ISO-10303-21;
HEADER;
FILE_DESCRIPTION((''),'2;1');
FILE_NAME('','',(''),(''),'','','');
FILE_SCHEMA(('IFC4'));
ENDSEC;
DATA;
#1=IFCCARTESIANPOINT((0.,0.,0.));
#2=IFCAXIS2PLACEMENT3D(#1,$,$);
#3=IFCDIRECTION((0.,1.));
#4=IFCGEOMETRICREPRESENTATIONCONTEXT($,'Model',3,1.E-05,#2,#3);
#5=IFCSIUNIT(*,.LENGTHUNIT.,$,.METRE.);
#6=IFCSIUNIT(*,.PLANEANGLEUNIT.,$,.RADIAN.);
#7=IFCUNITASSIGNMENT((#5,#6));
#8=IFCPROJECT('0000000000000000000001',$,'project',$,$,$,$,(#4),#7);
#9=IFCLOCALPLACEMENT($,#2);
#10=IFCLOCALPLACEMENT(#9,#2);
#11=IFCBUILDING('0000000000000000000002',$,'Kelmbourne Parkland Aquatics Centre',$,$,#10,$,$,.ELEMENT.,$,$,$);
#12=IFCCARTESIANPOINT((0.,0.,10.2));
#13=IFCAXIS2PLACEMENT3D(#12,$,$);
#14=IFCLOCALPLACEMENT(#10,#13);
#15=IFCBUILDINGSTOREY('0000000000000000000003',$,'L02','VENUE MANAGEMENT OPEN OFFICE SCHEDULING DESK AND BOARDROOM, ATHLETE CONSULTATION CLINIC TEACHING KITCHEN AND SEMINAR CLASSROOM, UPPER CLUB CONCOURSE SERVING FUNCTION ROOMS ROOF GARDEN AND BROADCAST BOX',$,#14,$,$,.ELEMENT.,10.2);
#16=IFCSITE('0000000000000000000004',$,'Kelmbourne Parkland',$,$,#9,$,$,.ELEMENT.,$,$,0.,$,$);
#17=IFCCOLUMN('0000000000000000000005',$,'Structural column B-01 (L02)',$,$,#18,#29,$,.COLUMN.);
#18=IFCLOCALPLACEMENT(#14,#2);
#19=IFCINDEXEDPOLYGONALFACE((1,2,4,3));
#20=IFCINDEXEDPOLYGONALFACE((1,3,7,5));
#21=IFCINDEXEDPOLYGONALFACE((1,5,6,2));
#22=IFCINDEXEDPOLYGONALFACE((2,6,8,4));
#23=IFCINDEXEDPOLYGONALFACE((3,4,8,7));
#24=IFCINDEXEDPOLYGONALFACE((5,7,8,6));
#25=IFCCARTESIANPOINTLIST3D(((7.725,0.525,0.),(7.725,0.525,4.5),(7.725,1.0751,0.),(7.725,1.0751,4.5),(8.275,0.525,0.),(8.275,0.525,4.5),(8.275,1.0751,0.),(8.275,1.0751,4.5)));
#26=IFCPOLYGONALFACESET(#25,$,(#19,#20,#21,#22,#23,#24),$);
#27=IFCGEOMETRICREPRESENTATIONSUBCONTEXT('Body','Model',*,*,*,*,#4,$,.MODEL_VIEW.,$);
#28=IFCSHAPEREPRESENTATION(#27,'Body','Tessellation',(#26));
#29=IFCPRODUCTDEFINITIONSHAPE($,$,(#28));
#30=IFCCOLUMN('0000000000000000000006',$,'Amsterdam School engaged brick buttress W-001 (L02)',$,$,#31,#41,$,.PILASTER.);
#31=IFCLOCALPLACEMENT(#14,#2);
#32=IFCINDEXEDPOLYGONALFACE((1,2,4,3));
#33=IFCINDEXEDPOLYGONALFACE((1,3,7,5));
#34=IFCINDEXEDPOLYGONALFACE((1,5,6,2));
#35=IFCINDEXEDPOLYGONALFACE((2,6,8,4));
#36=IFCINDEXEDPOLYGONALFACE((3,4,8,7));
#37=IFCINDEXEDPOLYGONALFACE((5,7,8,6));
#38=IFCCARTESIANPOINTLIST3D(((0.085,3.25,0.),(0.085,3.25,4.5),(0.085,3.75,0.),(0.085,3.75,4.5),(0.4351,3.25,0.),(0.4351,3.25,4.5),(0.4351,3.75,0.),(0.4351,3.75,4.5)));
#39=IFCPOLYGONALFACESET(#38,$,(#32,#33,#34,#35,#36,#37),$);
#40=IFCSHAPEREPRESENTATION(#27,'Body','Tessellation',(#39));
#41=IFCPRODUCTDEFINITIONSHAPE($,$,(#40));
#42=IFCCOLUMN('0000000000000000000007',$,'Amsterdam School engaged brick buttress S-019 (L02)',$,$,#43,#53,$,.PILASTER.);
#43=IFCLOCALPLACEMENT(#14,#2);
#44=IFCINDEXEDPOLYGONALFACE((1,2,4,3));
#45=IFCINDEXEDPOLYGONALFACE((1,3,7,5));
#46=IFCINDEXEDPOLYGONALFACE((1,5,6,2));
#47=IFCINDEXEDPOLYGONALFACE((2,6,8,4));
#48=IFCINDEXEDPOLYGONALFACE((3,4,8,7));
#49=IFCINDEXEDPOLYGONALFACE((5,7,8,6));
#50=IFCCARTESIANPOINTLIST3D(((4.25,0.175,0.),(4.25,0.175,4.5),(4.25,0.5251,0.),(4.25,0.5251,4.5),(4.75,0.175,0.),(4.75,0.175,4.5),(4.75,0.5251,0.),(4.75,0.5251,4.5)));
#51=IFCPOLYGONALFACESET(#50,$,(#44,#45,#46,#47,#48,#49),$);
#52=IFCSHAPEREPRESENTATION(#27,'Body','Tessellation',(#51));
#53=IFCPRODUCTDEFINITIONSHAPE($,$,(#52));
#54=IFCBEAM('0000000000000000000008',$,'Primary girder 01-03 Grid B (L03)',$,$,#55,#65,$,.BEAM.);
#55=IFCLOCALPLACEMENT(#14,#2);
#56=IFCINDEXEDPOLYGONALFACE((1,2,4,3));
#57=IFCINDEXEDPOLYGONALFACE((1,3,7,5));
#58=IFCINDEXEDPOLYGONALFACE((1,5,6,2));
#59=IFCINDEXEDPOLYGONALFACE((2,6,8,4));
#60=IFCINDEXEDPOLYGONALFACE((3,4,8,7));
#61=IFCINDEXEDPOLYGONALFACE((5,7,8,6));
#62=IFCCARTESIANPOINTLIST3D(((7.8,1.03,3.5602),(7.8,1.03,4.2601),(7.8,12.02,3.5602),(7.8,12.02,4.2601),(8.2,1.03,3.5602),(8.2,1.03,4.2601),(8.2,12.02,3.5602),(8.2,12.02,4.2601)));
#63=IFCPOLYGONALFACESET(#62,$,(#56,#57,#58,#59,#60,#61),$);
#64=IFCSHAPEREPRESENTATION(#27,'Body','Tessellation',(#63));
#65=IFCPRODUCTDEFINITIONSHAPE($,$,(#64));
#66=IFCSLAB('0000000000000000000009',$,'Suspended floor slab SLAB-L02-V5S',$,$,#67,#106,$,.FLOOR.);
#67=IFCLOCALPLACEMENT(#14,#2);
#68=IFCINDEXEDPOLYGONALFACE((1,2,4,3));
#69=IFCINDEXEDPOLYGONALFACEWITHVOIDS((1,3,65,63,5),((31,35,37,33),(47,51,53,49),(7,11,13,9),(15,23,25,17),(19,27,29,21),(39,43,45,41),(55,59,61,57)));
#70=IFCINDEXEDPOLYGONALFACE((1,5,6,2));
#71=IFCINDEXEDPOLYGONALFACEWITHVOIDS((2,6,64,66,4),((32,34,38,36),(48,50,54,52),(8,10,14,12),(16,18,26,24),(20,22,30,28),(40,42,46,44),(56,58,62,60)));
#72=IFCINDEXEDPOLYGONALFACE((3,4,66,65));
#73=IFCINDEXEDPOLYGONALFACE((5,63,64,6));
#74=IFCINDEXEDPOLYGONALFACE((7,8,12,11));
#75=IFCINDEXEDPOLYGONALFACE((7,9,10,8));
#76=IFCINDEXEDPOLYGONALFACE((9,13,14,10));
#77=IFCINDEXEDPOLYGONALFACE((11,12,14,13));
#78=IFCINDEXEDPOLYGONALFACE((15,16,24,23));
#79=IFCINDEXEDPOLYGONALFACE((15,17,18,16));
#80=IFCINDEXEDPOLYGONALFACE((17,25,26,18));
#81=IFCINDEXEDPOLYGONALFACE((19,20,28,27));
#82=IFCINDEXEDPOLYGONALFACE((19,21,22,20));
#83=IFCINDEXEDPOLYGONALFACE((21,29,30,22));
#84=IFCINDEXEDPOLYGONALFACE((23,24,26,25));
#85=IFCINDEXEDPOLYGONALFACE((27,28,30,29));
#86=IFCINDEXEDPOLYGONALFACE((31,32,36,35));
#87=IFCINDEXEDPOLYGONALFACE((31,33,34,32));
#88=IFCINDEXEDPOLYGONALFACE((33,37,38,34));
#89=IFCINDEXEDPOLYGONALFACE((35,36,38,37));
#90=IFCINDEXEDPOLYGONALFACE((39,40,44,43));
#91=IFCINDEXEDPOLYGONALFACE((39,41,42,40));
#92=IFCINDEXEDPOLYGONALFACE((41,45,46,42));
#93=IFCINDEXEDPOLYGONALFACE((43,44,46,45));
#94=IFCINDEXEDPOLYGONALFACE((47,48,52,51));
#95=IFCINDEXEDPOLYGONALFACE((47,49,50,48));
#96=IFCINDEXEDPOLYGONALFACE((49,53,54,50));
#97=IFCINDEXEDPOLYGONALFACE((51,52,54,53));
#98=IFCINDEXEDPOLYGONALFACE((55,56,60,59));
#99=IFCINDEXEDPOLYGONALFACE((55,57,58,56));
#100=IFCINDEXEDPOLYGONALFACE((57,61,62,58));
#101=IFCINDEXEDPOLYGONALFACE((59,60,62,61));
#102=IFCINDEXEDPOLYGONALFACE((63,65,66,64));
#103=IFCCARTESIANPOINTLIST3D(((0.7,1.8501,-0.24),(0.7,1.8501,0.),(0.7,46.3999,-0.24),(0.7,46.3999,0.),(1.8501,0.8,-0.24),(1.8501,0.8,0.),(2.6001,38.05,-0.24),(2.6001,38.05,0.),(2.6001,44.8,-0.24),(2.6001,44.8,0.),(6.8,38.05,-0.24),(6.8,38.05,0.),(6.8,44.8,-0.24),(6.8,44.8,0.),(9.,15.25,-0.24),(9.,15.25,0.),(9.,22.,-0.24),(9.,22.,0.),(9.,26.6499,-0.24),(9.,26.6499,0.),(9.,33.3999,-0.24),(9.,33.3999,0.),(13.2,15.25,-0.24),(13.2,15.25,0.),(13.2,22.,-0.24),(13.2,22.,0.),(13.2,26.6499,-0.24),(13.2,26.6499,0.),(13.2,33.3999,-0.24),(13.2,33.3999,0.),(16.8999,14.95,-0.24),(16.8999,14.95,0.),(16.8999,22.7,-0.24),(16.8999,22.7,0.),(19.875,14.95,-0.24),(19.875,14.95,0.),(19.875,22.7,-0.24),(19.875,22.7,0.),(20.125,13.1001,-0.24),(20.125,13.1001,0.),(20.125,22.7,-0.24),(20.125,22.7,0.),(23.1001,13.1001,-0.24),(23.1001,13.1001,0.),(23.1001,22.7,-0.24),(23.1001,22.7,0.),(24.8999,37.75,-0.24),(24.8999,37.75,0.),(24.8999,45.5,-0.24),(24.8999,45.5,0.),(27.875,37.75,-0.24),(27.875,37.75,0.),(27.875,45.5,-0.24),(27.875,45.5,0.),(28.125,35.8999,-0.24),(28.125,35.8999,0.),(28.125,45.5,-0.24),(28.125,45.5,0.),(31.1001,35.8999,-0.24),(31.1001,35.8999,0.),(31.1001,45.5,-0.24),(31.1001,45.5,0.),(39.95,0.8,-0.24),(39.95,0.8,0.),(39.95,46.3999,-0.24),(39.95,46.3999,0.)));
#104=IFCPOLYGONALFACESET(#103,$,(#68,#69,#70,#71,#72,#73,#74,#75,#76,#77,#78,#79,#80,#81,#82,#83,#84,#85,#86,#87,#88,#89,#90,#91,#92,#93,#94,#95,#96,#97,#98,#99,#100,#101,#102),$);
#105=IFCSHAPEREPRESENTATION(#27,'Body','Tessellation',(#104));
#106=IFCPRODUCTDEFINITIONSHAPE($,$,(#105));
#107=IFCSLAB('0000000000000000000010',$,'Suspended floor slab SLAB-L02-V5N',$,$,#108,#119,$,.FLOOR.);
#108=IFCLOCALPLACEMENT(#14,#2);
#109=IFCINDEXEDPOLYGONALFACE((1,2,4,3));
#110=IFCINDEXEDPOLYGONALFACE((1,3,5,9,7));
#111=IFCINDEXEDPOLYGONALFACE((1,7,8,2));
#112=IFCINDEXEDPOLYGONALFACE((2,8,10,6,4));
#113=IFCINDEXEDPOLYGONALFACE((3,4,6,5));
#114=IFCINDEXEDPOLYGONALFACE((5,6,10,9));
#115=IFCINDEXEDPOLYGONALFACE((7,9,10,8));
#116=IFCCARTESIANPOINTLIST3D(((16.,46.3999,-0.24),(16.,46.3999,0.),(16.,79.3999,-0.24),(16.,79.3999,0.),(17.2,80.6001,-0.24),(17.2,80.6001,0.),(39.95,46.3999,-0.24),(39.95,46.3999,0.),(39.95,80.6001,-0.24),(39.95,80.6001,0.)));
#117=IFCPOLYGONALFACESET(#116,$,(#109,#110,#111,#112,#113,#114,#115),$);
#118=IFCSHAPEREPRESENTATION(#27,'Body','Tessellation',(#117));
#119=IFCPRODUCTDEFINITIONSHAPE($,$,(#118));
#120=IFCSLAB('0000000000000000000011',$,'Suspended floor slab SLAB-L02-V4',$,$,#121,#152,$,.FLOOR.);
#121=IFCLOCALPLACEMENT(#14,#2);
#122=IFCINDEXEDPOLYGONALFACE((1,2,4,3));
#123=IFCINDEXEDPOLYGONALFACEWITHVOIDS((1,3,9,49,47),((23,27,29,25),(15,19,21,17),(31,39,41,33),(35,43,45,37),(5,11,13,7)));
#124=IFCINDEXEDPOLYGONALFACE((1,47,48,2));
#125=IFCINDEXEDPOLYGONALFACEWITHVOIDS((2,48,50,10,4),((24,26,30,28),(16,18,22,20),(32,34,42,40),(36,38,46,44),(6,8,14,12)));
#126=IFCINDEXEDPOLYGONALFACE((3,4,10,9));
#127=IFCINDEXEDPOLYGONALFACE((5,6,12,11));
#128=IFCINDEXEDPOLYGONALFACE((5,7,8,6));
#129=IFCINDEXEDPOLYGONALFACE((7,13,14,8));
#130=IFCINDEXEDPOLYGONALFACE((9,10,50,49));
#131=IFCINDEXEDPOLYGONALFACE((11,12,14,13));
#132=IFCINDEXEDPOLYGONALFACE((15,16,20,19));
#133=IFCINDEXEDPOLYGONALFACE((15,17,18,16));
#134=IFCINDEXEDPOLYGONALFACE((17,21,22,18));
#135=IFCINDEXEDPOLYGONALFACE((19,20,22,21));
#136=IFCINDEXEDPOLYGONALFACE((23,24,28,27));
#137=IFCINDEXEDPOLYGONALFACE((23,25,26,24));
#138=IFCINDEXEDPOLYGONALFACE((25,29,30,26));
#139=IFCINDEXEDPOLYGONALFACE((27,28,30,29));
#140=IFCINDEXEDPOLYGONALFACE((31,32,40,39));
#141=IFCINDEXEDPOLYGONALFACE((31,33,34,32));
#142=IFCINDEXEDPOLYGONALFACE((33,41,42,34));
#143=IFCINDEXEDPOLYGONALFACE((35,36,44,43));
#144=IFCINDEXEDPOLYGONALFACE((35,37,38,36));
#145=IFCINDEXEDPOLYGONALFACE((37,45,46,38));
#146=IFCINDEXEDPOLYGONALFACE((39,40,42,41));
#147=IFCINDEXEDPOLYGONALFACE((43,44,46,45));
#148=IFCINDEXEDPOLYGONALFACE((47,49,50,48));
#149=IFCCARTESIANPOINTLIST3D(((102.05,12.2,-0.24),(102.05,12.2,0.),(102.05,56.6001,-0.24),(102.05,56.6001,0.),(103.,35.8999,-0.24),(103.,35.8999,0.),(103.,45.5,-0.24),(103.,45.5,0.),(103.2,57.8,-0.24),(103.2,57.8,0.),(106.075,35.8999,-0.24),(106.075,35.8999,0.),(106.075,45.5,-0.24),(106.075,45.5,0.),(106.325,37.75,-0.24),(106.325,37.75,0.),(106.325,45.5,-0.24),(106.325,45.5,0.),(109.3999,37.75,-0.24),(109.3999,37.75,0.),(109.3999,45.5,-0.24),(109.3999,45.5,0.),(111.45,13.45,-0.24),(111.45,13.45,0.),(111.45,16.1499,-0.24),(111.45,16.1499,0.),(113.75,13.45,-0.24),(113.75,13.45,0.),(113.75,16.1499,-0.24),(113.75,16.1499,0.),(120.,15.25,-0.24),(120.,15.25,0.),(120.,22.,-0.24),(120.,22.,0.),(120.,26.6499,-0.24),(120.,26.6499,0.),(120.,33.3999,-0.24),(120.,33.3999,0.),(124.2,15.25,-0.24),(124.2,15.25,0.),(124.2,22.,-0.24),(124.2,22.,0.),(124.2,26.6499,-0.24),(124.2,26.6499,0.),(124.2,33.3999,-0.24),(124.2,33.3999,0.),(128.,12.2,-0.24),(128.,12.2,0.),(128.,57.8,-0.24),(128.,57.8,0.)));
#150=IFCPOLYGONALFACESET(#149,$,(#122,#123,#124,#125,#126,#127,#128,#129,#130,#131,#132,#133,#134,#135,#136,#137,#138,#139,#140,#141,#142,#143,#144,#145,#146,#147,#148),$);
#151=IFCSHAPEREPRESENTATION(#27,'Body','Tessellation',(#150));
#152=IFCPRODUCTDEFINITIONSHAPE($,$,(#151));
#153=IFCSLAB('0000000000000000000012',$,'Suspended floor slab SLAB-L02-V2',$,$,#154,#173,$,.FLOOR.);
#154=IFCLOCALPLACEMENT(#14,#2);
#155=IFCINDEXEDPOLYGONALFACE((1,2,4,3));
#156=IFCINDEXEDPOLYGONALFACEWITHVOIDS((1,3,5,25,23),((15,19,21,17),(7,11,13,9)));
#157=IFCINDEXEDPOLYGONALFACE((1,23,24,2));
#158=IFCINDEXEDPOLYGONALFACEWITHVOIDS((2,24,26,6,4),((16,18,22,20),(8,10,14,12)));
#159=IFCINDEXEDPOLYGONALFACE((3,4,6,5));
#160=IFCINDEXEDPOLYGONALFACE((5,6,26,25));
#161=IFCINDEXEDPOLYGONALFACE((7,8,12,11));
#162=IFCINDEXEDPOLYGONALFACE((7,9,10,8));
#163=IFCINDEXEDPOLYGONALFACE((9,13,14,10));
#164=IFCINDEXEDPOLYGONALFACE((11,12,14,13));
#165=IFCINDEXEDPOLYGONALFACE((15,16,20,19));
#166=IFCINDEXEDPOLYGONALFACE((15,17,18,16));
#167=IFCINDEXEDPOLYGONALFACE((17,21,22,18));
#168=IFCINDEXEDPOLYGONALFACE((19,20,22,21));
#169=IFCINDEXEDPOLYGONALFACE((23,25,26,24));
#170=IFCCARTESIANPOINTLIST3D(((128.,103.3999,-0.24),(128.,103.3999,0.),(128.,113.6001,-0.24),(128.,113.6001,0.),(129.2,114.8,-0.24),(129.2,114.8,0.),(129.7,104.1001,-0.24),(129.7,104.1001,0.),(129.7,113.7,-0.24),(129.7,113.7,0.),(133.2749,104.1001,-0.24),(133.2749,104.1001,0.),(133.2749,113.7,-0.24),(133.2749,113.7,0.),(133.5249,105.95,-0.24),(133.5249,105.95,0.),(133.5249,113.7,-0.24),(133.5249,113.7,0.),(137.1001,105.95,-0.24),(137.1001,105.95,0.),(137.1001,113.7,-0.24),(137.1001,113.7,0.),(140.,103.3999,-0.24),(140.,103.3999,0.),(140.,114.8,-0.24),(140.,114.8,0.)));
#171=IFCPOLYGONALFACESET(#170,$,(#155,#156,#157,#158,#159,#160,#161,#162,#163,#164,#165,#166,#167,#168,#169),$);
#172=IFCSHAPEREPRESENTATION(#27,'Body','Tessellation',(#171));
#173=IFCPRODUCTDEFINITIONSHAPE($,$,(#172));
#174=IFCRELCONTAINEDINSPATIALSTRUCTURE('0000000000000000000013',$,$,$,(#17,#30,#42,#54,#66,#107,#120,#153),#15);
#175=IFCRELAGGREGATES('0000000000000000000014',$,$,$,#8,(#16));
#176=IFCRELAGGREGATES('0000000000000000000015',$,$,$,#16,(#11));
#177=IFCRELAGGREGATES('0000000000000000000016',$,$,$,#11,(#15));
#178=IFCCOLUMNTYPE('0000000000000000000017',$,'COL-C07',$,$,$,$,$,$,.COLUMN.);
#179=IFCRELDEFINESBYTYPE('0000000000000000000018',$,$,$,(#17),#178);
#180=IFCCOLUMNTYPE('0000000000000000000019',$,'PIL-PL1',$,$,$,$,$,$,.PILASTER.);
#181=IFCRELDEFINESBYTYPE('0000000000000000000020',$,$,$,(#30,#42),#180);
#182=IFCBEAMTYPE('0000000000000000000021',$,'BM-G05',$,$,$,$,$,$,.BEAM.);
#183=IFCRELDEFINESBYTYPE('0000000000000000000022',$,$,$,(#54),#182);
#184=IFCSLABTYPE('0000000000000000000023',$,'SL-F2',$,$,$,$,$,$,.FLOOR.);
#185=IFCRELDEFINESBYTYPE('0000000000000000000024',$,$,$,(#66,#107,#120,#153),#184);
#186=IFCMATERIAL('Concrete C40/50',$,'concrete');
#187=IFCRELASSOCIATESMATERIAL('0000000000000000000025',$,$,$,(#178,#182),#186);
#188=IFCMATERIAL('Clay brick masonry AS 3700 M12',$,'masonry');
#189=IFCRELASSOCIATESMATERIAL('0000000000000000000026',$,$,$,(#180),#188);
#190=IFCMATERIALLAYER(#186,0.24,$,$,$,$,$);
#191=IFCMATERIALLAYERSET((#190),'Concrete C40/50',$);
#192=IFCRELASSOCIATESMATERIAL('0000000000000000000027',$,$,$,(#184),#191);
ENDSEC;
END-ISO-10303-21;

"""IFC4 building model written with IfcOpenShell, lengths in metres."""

from ifc_helpers import new_model, si_unit, direction, frame, origin, origin_2d, place, context, subcontext, project, spatial, polyline, rectangle, outline, extrude, material, layer, layer_set, material_profile, profile_set, type_object, element, save


model = new_model("IFC4")

# Units and contexts
model_context = context("Model", 3, precision=1e-05, world=origin(), true_north=direction((0.0, 1.0)))
body_context = subcontext(model_context, "Body", "Model", "MODEL_VIEW")
ifc_project = project(units=[si_unit("LENGTHUNIT", "METRE"), si_unit("PLANEANGLEUNIT", "RADIAN")], contexts=[model_context])

# Site, building, storey
site_placement = place(None, origin())
site = spatial("IfcSite", under=ifc_project, at=site_placement, Name="Kelmbourne Parkland", CompositionType="ELEMENT", RefElevation=0.0)
building_placement = place(site_placement, origin())
building = spatial("IfcBuilding", under=site, at=building_placement, Name="Kelmbourne Parkland Aquatics Centre", CompositionType="ELEMENT")
storey_placement = place(building_placement, frame((0.0, 0.0, 10.2)))
storey = spatial("IfcBuildingStorey", under=building, at=storey_placement, Name="L02", Description="VENUE MANAGEMENT OPEN OFFICE SCHEDULING DESK AND BOARDROOM, ATHLETE CONSULTATION CLINIC TEACHING KITCHEN AND SEMINAR CLASSROOM, UPPER CLUB CONCOURSE SERVING FUNCTION ROOMS ROOF GARDEN AND BROADCAST BOX", CompositionType="ELEMENT", Elevation=10.2)

# Columns
ifc_material_1 = material(Name="Concrete C40/50", Category="concrete")
ifc_material_profile_1 = material_profile(ifc_material_1, rectangle(XDim=0.55, YDim=0.55, at=origin_2d()), Name="RC 550x550")
ifc_profile_set_1 = profile_set([ifc_material_profile_1], Name="Concrete C40/50")
column_type_1 = type_object("IfcColumnType", Name="COL-C07", PredefinedType="COLUMN", material=ifc_profile_set_1)
column_placement = place(storey_placement, frame((8.0, 0.8, 0.0), z_axis=(0.0, 0.0, 1.0), x_axis=(1.0, 0.0, 0.0)))
element("IfcColumn", 1, at=column_placement, inside=storey, type_object=column_type_1, Name="Structural column B-01 (L02)", PredefinedType="COLUMN", context=body_context, shape_type="SweptSolid", body=[
    extrude(rectangle(XDim=0.55, YDim=0.55, at=origin_2d()), origin(), (0.0, 0.0, 1.0), 4.5),
])
ifc_material_2 = material(Name="Clay brick masonry AS 3700 M12", Category="masonry")
ifc_material_profile_2 = material_profile(ifc_material_2, rectangle(XDim=0.3501, YDim=0.5, at=origin_2d()), Name="PIL 350x500")
ifc_profile_set_2 = profile_set([ifc_material_profile_2], Name="Clay brick masonry AS 3700 M12")
column_type_2 = type_object("IfcColumnType", Name="PIL-PL1", PredefinedType="PILASTER", material=ifc_profile_set_2)
for number, where, z_axis, x_axis, name in (
    (2, (0.26, 3.5, 0.0), (0.0, 0.0, 1.0), (1.0, 0.0, 0.0), "Amsterdam School engaged brick buttress W-001 (L02)"),
    (3, (4.5, 0.3501, 0.0), (0.0, 0.0, 1.0), (0.0, 1.0, 0.0), "Amsterdam School engaged brick buttress S-019 (L02)"),
):
    element("IfcColumn", number, at=place(storey_placement, frame(where, z_axis=z_axis, x_axis=x_axis)), inside=storey, type_object=column_type_2, Name=name, PredefinedType="PILASTER", context=body_context, shape_type="SweptSolid", body=[
        extrude(rectangle(XDim=0.3501, YDim=0.5, at=origin_2d()), origin(), (0.0, 0.0, 1.0), 4.5),
    ])

# Beam
ifc_material_profile_3 = material_profile(ifc_material_1, rectangle(XDim=0.3999, YDim=0.7, at=origin_2d()), Name="RC 400x700")
ifc_profile_set_3 = profile_set([ifc_material_profile_3], Name="Concrete C40/50")
beam_type = type_object("IfcBeamType", Name="BM-G05", PredefinedType="BEAM", material=ifc_profile_set_3)
beam_placement = place(storey_placement, frame((8.0, 1.03, 3.9102), z_axis=(0.0, 1.0, 0.0), x_axis=(-1.0, 0.0, 0.0)))
element("IfcBeam", 4, at=beam_placement, inside=storey, type_object=beam_type, Name="Primary girder 01-03 Grid B (L03)", PredefinedType="BEAM", context=body_context, shape_type="SweptSolid", body=[
    extrude(rectangle(XDim=0.3999, YDim=0.7, at=origin_2d()), origin(), (0.0, 0.0, 1.0), 10.99),
])

# Slabs
ifc_layer_1 = layer(ifc_material_1, 0.24)
ifc_layer_set_1 = layer_set([ifc_layer_1], Name="Concrete C40/50")
slab_type_1 = type_object("IfcSlabType", Name="SL-F2", PredefinedType="FLOOR", material=ifc_layer_set_1)
slab_1_placement = place(storey_placement, frame((0.0, 0.0, -0.24)))
element("IfcSlab", 5, at=slab_1_placement, inside=storey, type_object=slab_type_1, Name="Suspended floor slab SLAB-L02-V5S", PredefinedType="FLOOR", context=body_context, shape_type="SweptSolid", body=[
    extrude(outline(polyline([(39.95, 0.8), (39.95, 46.3999), (0.7, 46.3999), (0.7, 1.8501), (1.8501, 0.8), (39.95, 0.8)]), holes=[polyline([(20.125, 22.7), (23.1001, 22.7), (23.1001, 13.1001), (20.125, 13.1001), (20.125, 22.7)]), polyline([(13.2, 22.0), (13.2, 15.25), (9.0, 15.25), (9.0, 22.0), (13.2, 22.0)]), polyline([(19.875, 22.7), (19.875, 14.95), (16.8999, 14.95), (16.8999, 22.7), (19.875, 22.7)]), polyline([(13.2, 33.3999), (13.2, 26.6499), (9.0, 26.6499), (9.0, 33.3999), (13.2, 33.3999)]), polyline([(31.1001, 45.5), (31.1001, 35.8999), (28.125, 35.8999), (28.125, 45.5), (31.1001, 45.5)]), polyline([(6.8, 44.8), (6.8, 38.05), (2.6001, 38.05), (2.6001, 44.8), (6.8, 44.8)]), polyline([(27.875, 45.5), (27.875, 37.75), (24.8999, 37.75), (24.8999, 45.5), (27.875, 45.5)])]), origin(), (0.0, 0.0, 1.0), 0.24),
])
slab_2_placement = place(storey_placement, frame((0.0, 0.0, -0.24)))
element("IfcSlab", 6, at=slab_2_placement, inside=storey, type_object=slab_type_1, Name="Suspended floor slab SLAB-L02-V5N", PredefinedType="FLOOR", context=body_context, shape_type="SweptSolid", body=[
    extrude(outline(polyline([(39.95, 46.3999), (39.95, 80.6001), (17.2, 80.6001), (16.0, 79.3999), (16.0, 46.3999), (39.95, 46.3999)])), origin(), (0.0, 0.0, 1.0), 0.24),
])
slab_3_placement = place(storey_placement, frame((0.0, 0.0, -0.24)))
element("IfcSlab", 7, at=slab_3_placement, inside=storey, type_object=slab_type_1, Name="Suspended floor slab SLAB-L02-V4", PredefinedType="FLOOR", context=body_context, shape_type="SweptSolid", body=[
    extrude(outline(polyline([(102.05, 12.2), (128.0, 12.2), (128.0, 57.8), (103.2, 57.8), (102.05, 56.6001), (102.05, 12.2)]), holes=[polyline([(111.45, 16.1499), (113.75, 16.1499), (113.75, 13.45), (111.45, 13.45), (111.45, 16.1499)]), polyline([(120.0, 22.0), (124.2, 22.0), (124.2, 15.25), (120.0, 15.25), (120.0, 22.0)]), polyline([(120.0, 33.3999), (124.2, 33.3999), (124.2, 26.6499), (120.0, 26.6499), (120.0, 33.3999)]), polyline([(106.075, 45.5), (106.075, 35.8999), (103.0, 35.8999), (103.0, 45.5), (106.075, 45.5)]), polyline([(109.3999, 45.5), (109.3999, 37.75), (106.325, 37.75), (106.325, 45.5), (109.3999, 45.5)])]), origin(), (0.0, 0.0, 1.0), 0.24),
])
slab_4_placement = place(storey_placement, frame((0.0, 0.0, -0.24)))
element("IfcSlab", 8, at=slab_4_placement, inside=storey, type_object=slab_type_1, Name="Suspended floor slab SLAB-L02-V2", PredefinedType="FLOOR", context=body_context, shape_type="SweptSolid", body=[
    extrude(outline(polyline([(128.0, 103.3999), (140.0, 103.3999), (140.0, 114.8), (129.2, 114.8), (128.0, 113.6001), (128.0, 103.3999)]), holes=[polyline([(129.7, 104.1001), (129.7, 113.7), (133.2749, 113.7), (133.2749, 104.1001), (129.7, 104.1001)]), polyline([(133.5249, 105.95), (133.5249, 113.7), (137.1001, 113.7), (137.1001, 105.95), (133.5249, 105.95)])]), origin(), (0.0, 0.0, 1.0), 0.24),
])

save(model, "model.ifc")
